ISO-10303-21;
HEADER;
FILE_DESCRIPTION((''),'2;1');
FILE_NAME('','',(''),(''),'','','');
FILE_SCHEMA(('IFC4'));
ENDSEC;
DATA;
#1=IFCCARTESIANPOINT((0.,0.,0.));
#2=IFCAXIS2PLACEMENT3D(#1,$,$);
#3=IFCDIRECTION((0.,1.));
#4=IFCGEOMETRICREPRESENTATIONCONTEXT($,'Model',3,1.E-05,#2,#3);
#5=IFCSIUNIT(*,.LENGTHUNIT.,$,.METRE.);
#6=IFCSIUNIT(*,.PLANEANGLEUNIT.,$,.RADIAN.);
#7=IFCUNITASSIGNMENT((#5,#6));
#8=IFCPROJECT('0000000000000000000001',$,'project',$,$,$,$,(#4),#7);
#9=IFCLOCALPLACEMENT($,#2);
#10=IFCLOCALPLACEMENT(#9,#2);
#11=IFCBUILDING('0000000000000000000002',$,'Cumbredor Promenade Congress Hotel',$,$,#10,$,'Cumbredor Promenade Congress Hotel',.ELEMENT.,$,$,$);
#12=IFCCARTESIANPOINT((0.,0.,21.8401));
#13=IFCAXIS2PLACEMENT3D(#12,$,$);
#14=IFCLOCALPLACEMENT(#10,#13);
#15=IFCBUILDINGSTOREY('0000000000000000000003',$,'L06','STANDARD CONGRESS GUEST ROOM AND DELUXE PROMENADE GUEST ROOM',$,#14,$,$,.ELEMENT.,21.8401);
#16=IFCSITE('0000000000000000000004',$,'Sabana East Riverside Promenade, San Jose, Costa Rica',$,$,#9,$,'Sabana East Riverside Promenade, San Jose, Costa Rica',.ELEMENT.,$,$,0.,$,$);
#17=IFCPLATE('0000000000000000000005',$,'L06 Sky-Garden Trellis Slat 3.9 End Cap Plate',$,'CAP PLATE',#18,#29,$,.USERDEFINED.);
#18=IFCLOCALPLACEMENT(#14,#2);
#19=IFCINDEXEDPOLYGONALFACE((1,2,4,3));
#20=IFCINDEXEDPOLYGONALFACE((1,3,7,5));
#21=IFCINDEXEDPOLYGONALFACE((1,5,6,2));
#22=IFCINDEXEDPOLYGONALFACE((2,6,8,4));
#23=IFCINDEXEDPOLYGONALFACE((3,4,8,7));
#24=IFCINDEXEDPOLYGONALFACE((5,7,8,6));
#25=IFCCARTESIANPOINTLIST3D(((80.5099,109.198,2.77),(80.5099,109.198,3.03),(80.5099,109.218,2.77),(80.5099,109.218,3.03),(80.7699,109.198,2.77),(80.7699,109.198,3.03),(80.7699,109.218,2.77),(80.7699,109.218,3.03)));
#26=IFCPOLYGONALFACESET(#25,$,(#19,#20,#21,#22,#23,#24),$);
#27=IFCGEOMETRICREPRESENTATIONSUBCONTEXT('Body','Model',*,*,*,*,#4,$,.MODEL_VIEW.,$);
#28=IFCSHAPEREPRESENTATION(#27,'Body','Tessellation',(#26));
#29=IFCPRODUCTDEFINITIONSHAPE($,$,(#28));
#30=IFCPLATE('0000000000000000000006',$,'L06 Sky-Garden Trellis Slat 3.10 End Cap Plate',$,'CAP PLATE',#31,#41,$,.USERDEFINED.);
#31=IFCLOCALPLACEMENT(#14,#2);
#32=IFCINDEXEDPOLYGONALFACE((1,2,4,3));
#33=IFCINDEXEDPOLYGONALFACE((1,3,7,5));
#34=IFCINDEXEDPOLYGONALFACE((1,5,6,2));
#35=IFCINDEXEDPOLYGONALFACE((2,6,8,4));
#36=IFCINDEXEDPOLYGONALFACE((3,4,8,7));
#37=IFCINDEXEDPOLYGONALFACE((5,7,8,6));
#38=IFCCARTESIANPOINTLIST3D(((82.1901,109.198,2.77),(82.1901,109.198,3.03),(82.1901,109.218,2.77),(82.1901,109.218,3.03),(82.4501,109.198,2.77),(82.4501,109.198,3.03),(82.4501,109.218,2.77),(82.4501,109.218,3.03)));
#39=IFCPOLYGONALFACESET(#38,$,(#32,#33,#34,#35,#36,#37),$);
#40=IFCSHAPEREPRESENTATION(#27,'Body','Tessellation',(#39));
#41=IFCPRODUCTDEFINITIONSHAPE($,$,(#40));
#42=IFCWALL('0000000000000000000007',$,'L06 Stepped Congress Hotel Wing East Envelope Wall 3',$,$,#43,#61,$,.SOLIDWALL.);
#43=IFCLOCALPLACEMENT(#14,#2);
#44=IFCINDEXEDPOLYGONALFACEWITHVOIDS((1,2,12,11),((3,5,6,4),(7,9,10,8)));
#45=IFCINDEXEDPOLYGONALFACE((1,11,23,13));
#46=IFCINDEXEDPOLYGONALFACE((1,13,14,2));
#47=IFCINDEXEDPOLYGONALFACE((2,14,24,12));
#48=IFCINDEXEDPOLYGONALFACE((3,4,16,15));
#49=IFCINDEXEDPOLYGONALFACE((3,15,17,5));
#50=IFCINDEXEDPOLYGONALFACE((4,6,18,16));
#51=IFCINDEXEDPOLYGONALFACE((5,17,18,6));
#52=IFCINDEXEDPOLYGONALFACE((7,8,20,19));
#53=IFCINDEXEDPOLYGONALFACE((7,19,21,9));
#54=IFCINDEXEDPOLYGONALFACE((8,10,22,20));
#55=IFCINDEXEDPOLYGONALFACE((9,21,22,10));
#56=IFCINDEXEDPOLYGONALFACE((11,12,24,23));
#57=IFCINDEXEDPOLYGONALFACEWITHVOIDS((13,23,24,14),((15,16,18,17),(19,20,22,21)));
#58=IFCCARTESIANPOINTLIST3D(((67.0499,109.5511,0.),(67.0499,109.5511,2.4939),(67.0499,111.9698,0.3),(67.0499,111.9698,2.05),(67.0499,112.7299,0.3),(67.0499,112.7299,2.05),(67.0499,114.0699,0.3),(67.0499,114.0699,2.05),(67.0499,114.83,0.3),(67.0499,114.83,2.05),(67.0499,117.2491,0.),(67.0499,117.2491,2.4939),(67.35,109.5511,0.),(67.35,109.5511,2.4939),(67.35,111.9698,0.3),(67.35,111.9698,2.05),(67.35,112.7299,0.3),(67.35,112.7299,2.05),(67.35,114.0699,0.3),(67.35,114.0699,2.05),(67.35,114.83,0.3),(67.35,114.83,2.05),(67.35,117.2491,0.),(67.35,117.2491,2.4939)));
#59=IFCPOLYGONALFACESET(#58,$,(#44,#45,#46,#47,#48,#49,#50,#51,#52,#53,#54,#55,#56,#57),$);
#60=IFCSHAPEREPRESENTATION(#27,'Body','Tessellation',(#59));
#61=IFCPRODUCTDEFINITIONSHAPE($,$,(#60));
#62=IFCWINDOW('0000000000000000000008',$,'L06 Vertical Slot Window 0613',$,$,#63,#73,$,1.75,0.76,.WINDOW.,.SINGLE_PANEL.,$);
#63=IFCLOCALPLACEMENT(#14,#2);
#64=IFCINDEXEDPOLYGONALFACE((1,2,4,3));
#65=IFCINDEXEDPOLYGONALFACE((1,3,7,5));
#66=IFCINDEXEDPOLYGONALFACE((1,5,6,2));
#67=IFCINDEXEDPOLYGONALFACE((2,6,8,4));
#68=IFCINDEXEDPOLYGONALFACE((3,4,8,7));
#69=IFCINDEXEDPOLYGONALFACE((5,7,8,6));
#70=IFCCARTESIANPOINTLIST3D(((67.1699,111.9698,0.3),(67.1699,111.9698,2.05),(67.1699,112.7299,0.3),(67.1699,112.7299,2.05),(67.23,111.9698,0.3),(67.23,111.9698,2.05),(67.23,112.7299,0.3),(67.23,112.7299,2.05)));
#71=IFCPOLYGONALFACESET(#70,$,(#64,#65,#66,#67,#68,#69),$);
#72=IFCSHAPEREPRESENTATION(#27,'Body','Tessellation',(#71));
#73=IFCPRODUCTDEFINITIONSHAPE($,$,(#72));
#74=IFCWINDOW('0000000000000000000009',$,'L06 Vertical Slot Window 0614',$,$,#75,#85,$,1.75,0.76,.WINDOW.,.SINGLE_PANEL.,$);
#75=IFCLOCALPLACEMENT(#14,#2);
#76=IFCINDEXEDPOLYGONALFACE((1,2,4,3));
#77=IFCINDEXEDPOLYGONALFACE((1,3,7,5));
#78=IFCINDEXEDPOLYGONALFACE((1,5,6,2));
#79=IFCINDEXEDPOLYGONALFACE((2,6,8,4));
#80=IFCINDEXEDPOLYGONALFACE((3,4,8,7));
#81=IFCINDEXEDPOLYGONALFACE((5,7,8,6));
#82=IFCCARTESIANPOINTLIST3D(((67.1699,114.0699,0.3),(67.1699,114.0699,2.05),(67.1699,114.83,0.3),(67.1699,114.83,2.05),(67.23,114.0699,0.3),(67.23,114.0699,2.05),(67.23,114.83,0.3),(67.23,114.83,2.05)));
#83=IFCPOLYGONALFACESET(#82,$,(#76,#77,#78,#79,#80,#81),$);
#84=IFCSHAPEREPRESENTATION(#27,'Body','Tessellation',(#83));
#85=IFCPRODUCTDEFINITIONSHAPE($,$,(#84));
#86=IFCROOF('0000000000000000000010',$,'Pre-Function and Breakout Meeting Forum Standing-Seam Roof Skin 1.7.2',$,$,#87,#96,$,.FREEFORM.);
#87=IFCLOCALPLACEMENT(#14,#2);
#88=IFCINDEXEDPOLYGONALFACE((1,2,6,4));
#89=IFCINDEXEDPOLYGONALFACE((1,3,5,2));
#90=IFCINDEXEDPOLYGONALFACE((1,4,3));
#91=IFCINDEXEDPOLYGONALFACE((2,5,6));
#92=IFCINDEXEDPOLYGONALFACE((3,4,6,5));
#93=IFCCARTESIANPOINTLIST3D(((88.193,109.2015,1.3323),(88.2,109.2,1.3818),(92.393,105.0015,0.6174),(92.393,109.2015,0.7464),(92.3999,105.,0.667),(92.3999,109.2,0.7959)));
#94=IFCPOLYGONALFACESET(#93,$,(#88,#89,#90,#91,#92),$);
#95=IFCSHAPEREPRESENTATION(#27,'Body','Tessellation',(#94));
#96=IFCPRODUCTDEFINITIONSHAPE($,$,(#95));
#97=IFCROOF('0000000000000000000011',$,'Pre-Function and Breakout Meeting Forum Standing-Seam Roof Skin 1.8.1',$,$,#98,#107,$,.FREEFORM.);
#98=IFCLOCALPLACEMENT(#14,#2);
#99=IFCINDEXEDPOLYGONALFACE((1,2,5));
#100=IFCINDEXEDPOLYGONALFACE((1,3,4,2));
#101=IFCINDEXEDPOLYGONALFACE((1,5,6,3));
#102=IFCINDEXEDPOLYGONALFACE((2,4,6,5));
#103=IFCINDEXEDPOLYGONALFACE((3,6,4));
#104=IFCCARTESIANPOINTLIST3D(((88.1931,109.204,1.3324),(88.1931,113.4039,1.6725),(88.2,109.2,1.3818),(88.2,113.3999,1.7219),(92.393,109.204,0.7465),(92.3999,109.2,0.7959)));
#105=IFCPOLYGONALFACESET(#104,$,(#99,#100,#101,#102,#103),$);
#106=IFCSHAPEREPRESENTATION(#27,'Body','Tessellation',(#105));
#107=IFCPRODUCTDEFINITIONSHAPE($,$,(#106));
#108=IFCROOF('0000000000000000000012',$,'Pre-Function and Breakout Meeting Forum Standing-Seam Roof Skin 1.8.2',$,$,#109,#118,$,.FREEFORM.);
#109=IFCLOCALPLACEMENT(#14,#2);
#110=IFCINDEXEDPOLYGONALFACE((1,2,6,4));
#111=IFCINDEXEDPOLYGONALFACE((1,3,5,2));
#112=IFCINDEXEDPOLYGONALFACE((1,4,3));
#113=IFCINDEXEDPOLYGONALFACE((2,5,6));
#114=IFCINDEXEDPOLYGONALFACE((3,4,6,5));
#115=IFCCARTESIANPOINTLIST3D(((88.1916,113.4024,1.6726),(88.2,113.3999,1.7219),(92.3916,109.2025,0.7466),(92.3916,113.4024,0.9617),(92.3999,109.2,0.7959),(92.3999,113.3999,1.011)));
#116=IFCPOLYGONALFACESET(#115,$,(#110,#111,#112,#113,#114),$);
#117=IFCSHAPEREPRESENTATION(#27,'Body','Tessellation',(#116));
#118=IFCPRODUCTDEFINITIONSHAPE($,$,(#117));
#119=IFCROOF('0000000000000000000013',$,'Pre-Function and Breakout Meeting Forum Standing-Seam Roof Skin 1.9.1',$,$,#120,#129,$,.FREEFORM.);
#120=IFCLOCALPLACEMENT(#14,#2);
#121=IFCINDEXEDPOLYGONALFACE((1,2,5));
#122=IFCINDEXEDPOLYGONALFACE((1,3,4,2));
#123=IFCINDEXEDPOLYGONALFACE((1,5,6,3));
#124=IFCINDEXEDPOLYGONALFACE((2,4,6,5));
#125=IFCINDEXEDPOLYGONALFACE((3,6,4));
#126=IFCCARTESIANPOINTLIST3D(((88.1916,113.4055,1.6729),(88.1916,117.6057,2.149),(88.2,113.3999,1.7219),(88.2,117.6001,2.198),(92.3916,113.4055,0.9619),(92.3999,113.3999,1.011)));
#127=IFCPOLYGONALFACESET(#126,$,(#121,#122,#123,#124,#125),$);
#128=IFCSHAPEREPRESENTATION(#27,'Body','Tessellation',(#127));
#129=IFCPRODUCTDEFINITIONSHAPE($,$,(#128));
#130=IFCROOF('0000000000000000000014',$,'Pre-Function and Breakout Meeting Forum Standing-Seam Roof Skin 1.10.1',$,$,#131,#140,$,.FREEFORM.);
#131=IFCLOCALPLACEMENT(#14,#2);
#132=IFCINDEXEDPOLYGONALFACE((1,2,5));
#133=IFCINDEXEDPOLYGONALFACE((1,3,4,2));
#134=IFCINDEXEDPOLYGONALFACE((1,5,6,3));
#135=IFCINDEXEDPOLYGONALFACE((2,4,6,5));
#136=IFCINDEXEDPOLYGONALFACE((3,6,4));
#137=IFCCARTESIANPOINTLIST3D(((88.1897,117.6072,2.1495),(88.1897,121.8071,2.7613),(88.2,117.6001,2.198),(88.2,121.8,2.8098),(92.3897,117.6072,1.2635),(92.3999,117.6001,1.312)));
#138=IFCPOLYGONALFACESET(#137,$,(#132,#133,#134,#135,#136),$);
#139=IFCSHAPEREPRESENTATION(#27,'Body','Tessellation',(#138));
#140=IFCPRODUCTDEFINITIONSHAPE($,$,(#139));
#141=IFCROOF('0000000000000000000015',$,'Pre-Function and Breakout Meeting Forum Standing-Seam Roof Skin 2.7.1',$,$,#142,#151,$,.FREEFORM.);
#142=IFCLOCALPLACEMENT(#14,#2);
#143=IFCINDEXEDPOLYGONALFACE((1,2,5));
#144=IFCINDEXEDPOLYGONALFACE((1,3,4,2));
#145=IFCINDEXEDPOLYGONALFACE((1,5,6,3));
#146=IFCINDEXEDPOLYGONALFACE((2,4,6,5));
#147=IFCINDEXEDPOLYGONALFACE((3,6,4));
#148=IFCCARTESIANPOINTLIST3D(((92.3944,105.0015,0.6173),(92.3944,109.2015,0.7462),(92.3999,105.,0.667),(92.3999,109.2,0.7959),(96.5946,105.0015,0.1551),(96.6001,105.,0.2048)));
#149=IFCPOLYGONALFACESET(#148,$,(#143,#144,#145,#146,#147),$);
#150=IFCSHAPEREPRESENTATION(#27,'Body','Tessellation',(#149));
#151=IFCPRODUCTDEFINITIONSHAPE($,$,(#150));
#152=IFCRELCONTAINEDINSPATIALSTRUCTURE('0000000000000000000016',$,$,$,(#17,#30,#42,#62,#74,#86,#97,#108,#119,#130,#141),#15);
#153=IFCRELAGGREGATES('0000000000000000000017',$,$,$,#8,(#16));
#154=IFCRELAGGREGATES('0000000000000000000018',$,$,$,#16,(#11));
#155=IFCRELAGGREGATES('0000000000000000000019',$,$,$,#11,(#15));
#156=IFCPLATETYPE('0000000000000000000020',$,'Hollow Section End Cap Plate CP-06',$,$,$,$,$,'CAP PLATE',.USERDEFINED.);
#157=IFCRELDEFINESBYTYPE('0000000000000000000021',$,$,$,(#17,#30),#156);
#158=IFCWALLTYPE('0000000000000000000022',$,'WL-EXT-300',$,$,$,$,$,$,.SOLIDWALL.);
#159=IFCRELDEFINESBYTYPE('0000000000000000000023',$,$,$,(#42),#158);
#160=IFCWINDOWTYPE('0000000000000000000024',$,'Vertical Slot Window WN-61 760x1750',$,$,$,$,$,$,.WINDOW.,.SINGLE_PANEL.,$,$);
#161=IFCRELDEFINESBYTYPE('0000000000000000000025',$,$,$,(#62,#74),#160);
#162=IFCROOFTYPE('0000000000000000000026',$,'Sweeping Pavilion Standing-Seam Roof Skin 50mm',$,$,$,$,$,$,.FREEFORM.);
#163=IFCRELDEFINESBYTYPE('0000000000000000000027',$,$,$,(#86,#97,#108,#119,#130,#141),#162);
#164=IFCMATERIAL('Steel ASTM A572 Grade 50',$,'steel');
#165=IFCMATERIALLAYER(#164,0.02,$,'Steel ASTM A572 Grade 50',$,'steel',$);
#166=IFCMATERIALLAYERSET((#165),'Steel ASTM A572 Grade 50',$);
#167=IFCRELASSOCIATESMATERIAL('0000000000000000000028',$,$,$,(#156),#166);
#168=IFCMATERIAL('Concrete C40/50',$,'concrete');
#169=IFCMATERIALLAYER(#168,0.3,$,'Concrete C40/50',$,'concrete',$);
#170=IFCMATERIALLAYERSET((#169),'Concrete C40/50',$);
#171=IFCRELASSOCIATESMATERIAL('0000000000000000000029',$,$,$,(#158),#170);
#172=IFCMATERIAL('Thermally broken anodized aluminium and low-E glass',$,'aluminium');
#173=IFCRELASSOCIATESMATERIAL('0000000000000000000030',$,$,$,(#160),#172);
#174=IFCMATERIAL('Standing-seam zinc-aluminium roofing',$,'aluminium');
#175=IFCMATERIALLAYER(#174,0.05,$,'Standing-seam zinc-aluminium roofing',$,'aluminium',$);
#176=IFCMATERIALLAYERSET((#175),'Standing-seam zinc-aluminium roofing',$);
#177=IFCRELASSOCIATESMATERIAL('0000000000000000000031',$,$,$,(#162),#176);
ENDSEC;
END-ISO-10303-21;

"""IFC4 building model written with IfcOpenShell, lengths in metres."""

from ifc_helpers import new_model, si_unit, direction, frame, frame_2d, origin, origin_2d, place, context, subcontext, project, spatial, polyline, rectangle, outline, extrude, material, layer, layer_set, type_object, element, fill, save


model = new_model("IFC4")

# Units and contexts
model_context = context("Model", 3, precision=1e-05, world=origin(), true_north=direction((0.0, 1.0)))
body_context = subcontext(model_context, "Body", "Model", "MODEL_VIEW")
ifc_project = project(units=[si_unit("LENGTHUNIT", "METRE"), si_unit("PLANEANGLEUNIT", "RADIAN")], contexts=[model_context])

# Site, building, storey
site_placement = place(None, origin())
site = spatial("IfcSite", under=ifc_project, at=site_placement, Name="Sabana East Riverside Promenade, San Jose, Costa Rica", LongName="Sabana East Riverside Promenade, San Jose, Costa Rica", CompositionType="ELEMENT", RefElevation=0.0)
building_placement = place(site_placement, origin())
building = spatial("IfcBuilding", under=site, at=building_placement, Name="Cumbredor Promenade Congress Hotel", LongName="Cumbredor Promenade Congress Hotel", CompositionType="ELEMENT")
storey_placement = place(building_placement, frame((0.0, 0.0, 21.8401)))
storey = spatial("IfcBuildingStorey", under=building, at=storey_placement, Name="L06", Description="STANDARD CONGRESS GUEST ROOM AND DELUXE PROMENADE GUEST ROOM", CompositionType="ELEMENT", Elevation=21.8401)

# Shared definitions
ifc_material_1 = material(Name="Thermally broken anodized aluminium and low-E glass", Category="aluminium")

# Shared definitions
ifc_material_2 = material(Name="Concrete C40/50", Category="concrete")

# Plates
ifc_material_3 = material(Name="Steel ASTM A572 Grade 50", Category="steel")
ifc_layer_1 = layer(ifc_material_3, 0.02, Name="Steel ASTM A572 Grade 50", Category="steel")
ifc_layer_set_1 = layer_set([ifc_layer_1], Name="Steel ASTM A572 Grade 50")
plate_type_1 = type_object("IfcPlateType", Name="Hollow Section End Cap Plate CP-06", ElementType="CAP PLATE", PredefinedType="USERDEFINED", material=ifc_layer_set_1)
for number, where, z_axis, x_axis, name in (
    (1, (80.6399, 109.208, 2.77), (0.0, 0.0, 1.0), (0.0, 1.0, 0.0), "L06 Sky-Garden Trellis Slat 3.9 End Cap Plate"),
    (2, (82.3201, 109.208, 2.77), (0.0, 0.0, 1.0), (0.0, 1.0, 0.0), "L06 Sky-Garden Trellis Slat 3.10 End Cap Plate"),
):
    element("IfcPlate", number, at=place(storey_placement, frame(where, z_axis=z_axis, x_axis=x_axis)), inside=storey, type_object=plate_type_1, Name=name, ObjectType="CAP PLATE", PredefinedType="USERDEFINED", context=body_context, shape_type="SweptSolid", body=[
        extrude(rectangle(XDim=0.02, YDim=0.26, at=origin_2d()), origin(), (0.0, 0.0, 1.0), 0.26),
    ])

# Wall, openings, windows
ifc_layer_2 = layer(ifc_material_2, 0.3, Name="Concrete C40/50", Category="concrete")
ifc_layer_set_2 = layer_set([ifc_layer_2], Name="Concrete C40/50")
wall_type = type_object("IfcWallType", Name="WL-EXT-300", PredefinedType="SOLIDWALL", material=ifc_layer_set_2)
wall_placement = place(storey_placement, frame((67.2, 109.551, 0.0), z_axis=(0.0, 0.0, 1.0), x_axis=(0.0, 1.0, 0.0)))
wall = element("IfcWall", 3, at=wall_placement, inside=storey, type_object=wall_type, Name="L06 Stepped Congress Hotel Wing East Envelope Wall 3", PredefinedType="SOLIDWALL", context=body_context, shape_type="SweptSolid", body=[
    extrude(rectangle(XDim=7.698, YDim=0.3, at=frame_2d((3.8491, 0.0))), origin(), (0.0, 0.0, 1.0), 2.4939),
])
opening_1_placement = place(wall_placement, frame((2.4189, 0.0, 0.3)))
opening_1 = element("IfcOpeningElement", 4, at=opening_1_placement, cuts=wall, PredefinedType="OPENING", context=body_context, shape_type="SweptSolid", body=[
    extrude(rectangle(XDim=0.76, YDim=1.75, at=frame_2d((0.3799, 0.875))), frame((0.0, 0.1602, 0.0), z_axis=(0.0, -1.0, 0.0), x_axis=(1.0, 0.0, 0.0)), (0.0, 0.0, 1.0), 0.3201),
])
opening_2_placement = place(wall_placement, frame((4.519, 0.0, 0.3)))
opening_2 = element("IfcOpeningElement", 5, at=opening_2_placement, cuts=wall, PredefinedType="OPENING", context=body_context, shape_type="SweptSolid", body=[
    extrude(rectangle(XDim=0.76, YDim=1.75, at=frame_2d((0.3799, 0.875))), frame((0.0, 0.1602, 0.0), z_axis=(0.0, -1.0, 0.0), x_axis=(1.0, 0.0, 0.0)), (0.0, 0.0, 1.0), 0.3201),
])
window_type = type_object("IfcWindowType", Name="Vertical Slot Window WN-61 760x1750", PartitioningType="SINGLE_PANEL", PredefinedType="WINDOW", material=ifc_material_1)
window_1_placement = place(opening_1_placement, origin())
window_1 = element("IfcWindow", 6, at=window_1_placement, inside=storey, type_object=window_type, Name="L06 Vertical Slot Window 0613", OverallHeight=1.75, OverallWidth=0.76, PartitioningType="SINGLE_PANEL", PredefinedType="WINDOW", context=body_context, shape_type="SweptSolid", body=[
    extrude(rectangle(XDim=0.76, YDim=1.75, at=frame_2d((0.3799, 0.875))), frame((0.0, 0.03, 0.0), z_axis=(0.0, -1.0, 0.0), x_axis=(1.0, 0.0, 0.0)), (0.0, 0.0, 1.0), 0.0601),
])
fill(opening_1, window_1)
window_2_placement = place(opening_2_placement, origin())
window_2 = element("IfcWindow", 7, at=window_2_placement, inside=storey, type_object=window_type, Name="L06 Vertical Slot Window 0614", OverallHeight=1.75, OverallWidth=0.76, PartitioningType="SINGLE_PANEL", PredefinedType="WINDOW", context=body_context, shape_type="SweptSolid", body=[
    extrude(rectangle(XDim=0.76, YDim=1.75, at=frame_2d((0.3799, 0.875))), frame((0.0, 0.03, 0.0), z_axis=(0.0, -1.0, 0.0), x_axis=(1.0, 0.0, 0.0)), (0.0, 0.0, 1.0), 0.0601),
])
fill(opening_2, window_2)

# Roofs
ifc_material_4 = material(Name="Standing-seam zinc-aluminium roofing", Category="aluminium")
ifc_layer_3 = layer(ifc_material_4, 0.05, Name="Standing-seam zinc-aluminium roofing", Category="aluminium")
ifc_layer_set_3 = layer_set([ifc_layer_3], Name="Standing-seam zinc-aluminium roofing")
roof_type = type_object("IfcRoofType", Name="Sweeping Pavilion Standing-Seam Roof Skin 50mm", PredefinedType="FREEFORM", material=ifc_layer_set_3)
roof_1_placement = place(storey_placement, frame((92.3999, 105.0, 0.667), z_axis=(0.138109, -0.030384, 0.989951), x_axis=(0.0, 0.999529, 0.030678)))
element("IfcRoof", 8, at=roof_1_placement, inside=storey, type_object=roof_type, Name="Pre-Function and Breakout Meeting Forum Standing-Seam Roof Skin 1.7.2", PredefinedType="FREEFORM", context=body_context, shape_type="SweptSolid", body=[
    extrude(outline(polyline([(0.0, 0.0), (4.2019, 0.0), (4.2199, 4.2406), (0.0, 0.0)])), origin(), (0.0, 0.0, -1.0), 0.05),
])
roof_2_placement = place(storey_placement, frame((88.2, 109.2, 1.3818), z_axis=(0.13773, -0.079941, 0.987238), x_axis=(0.990408, 0.0, -0.138172)))
element("IfcRoof", 9, at=roof_2_placement, inside=storey, type_object=roof_type, Name="Pre-Function and Breakout Meeting Forum Standing-Seam Roof Skin 1.8.1", PredefinedType="FREEFORM", context=body_context, shape_type="SweptSolid", body=[
    extrude(outline(polyline([(0.0, 0.0), (4.2406, 0.0), (-0.047, 4.2134), (0.0, 0.0)])), origin(), (0.0, 0.0, -1.0), 0.05),
])
roof_3_placement = place(storey_placement, frame((92.3999, 109.2, 0.7959), z_axis=(0.166686, -0.050429, 0.98472), x_axis=(0.0, 0.998691, 0.051145)))
element("IfcRoof", 10, at=roof_3_placement, inside=storey, type_object=roof_type, Name="Pre-Function and Breakout Meeting Forum Standing-Seam Roof Skin 1.8.2", PredefinedType="FREEFORM", context=body_context, shape_type="SweptSolid", body=[
    extrude(outline(polyline([(0.0, 0.0), (4.2055, 0.0), (4.2418, 4.2595), (0.0, 0.0)])), origin(), (0.0, 0.0, -1.0), 0.05),
])
roof_4_placement = place(storey_placement, frame((88.2, 113.3999, 1.7219), z_axis=(0.165866, -0.111065, 0.979874), x_axis=(0.985974, 0.0, -0.166899)))
element("IfcRoof", 11, at=roof_4_placement, inside=storey, type_object=roof_type, Name="Pre-Function and Breakout Meeting Forum Standing-Seam Roof Skin 1.9.1", PredefinedType="FREEFORM", context=body_context, shape_type="SweptSolid", body=[
    extrude(outline(polyline([(0.0, 0.0), (4.2597, 0.0), (-0.0795, 4.2263), (0.0, 0.0)])), origin(), (0.0, 0.0, -1.0), 0.05),
])
roof_5_placement = place(storey_placement, frame((88.2, 117.6001, 2.198), z_axis=(0.204344, -0.141109, 0.968675), x_axis=(0.978466, 0.0, -0.206409)))
element("IfcRoof", 12, at=roof_5_placement, inside=storey, type_object=roof_type, Name="Pre-Function and Breakout Meeting Forum Standing-Seam Roof Skin 1.10.1", PredefinedType="FREEFORM", context=body_context, shape_type="SweptSolid", body=[
    extrude(outline(polyline([(0.0, 0.0), (4.2924, 0.0), (-0.1263, 4.2424), (0.0, 0.0)])), origin(), (0.0, 0.0, -1.0), 0.05),
])
roof_6_placement = place(storey_placement, frame((92.3999, 105.0, 0.667), z_axis=(0.109322, -0.030494, 0.993539), x_axis=(0.994001, 0.0, -0.109372)))
element("IfcRoof", 13, at=roof_6_placement, inside=storey, type_object=roof_type, Name="Pre-Function and Breakout Meeting Forum Standing-Seam Roof Skin 2.7.1", PredefinedType="FREEFORM", context=body_context, shape_type="SweptSolid", body=[
    extrude(outline(polyline([(0.0, 0.0), (4.2255, 0.0), (-0.0141, 4.2019), (0.0, 0.0)])), origin(), (0.0, 0.0, -1.0), 0.05),
])

save(model, "model.ifc")
